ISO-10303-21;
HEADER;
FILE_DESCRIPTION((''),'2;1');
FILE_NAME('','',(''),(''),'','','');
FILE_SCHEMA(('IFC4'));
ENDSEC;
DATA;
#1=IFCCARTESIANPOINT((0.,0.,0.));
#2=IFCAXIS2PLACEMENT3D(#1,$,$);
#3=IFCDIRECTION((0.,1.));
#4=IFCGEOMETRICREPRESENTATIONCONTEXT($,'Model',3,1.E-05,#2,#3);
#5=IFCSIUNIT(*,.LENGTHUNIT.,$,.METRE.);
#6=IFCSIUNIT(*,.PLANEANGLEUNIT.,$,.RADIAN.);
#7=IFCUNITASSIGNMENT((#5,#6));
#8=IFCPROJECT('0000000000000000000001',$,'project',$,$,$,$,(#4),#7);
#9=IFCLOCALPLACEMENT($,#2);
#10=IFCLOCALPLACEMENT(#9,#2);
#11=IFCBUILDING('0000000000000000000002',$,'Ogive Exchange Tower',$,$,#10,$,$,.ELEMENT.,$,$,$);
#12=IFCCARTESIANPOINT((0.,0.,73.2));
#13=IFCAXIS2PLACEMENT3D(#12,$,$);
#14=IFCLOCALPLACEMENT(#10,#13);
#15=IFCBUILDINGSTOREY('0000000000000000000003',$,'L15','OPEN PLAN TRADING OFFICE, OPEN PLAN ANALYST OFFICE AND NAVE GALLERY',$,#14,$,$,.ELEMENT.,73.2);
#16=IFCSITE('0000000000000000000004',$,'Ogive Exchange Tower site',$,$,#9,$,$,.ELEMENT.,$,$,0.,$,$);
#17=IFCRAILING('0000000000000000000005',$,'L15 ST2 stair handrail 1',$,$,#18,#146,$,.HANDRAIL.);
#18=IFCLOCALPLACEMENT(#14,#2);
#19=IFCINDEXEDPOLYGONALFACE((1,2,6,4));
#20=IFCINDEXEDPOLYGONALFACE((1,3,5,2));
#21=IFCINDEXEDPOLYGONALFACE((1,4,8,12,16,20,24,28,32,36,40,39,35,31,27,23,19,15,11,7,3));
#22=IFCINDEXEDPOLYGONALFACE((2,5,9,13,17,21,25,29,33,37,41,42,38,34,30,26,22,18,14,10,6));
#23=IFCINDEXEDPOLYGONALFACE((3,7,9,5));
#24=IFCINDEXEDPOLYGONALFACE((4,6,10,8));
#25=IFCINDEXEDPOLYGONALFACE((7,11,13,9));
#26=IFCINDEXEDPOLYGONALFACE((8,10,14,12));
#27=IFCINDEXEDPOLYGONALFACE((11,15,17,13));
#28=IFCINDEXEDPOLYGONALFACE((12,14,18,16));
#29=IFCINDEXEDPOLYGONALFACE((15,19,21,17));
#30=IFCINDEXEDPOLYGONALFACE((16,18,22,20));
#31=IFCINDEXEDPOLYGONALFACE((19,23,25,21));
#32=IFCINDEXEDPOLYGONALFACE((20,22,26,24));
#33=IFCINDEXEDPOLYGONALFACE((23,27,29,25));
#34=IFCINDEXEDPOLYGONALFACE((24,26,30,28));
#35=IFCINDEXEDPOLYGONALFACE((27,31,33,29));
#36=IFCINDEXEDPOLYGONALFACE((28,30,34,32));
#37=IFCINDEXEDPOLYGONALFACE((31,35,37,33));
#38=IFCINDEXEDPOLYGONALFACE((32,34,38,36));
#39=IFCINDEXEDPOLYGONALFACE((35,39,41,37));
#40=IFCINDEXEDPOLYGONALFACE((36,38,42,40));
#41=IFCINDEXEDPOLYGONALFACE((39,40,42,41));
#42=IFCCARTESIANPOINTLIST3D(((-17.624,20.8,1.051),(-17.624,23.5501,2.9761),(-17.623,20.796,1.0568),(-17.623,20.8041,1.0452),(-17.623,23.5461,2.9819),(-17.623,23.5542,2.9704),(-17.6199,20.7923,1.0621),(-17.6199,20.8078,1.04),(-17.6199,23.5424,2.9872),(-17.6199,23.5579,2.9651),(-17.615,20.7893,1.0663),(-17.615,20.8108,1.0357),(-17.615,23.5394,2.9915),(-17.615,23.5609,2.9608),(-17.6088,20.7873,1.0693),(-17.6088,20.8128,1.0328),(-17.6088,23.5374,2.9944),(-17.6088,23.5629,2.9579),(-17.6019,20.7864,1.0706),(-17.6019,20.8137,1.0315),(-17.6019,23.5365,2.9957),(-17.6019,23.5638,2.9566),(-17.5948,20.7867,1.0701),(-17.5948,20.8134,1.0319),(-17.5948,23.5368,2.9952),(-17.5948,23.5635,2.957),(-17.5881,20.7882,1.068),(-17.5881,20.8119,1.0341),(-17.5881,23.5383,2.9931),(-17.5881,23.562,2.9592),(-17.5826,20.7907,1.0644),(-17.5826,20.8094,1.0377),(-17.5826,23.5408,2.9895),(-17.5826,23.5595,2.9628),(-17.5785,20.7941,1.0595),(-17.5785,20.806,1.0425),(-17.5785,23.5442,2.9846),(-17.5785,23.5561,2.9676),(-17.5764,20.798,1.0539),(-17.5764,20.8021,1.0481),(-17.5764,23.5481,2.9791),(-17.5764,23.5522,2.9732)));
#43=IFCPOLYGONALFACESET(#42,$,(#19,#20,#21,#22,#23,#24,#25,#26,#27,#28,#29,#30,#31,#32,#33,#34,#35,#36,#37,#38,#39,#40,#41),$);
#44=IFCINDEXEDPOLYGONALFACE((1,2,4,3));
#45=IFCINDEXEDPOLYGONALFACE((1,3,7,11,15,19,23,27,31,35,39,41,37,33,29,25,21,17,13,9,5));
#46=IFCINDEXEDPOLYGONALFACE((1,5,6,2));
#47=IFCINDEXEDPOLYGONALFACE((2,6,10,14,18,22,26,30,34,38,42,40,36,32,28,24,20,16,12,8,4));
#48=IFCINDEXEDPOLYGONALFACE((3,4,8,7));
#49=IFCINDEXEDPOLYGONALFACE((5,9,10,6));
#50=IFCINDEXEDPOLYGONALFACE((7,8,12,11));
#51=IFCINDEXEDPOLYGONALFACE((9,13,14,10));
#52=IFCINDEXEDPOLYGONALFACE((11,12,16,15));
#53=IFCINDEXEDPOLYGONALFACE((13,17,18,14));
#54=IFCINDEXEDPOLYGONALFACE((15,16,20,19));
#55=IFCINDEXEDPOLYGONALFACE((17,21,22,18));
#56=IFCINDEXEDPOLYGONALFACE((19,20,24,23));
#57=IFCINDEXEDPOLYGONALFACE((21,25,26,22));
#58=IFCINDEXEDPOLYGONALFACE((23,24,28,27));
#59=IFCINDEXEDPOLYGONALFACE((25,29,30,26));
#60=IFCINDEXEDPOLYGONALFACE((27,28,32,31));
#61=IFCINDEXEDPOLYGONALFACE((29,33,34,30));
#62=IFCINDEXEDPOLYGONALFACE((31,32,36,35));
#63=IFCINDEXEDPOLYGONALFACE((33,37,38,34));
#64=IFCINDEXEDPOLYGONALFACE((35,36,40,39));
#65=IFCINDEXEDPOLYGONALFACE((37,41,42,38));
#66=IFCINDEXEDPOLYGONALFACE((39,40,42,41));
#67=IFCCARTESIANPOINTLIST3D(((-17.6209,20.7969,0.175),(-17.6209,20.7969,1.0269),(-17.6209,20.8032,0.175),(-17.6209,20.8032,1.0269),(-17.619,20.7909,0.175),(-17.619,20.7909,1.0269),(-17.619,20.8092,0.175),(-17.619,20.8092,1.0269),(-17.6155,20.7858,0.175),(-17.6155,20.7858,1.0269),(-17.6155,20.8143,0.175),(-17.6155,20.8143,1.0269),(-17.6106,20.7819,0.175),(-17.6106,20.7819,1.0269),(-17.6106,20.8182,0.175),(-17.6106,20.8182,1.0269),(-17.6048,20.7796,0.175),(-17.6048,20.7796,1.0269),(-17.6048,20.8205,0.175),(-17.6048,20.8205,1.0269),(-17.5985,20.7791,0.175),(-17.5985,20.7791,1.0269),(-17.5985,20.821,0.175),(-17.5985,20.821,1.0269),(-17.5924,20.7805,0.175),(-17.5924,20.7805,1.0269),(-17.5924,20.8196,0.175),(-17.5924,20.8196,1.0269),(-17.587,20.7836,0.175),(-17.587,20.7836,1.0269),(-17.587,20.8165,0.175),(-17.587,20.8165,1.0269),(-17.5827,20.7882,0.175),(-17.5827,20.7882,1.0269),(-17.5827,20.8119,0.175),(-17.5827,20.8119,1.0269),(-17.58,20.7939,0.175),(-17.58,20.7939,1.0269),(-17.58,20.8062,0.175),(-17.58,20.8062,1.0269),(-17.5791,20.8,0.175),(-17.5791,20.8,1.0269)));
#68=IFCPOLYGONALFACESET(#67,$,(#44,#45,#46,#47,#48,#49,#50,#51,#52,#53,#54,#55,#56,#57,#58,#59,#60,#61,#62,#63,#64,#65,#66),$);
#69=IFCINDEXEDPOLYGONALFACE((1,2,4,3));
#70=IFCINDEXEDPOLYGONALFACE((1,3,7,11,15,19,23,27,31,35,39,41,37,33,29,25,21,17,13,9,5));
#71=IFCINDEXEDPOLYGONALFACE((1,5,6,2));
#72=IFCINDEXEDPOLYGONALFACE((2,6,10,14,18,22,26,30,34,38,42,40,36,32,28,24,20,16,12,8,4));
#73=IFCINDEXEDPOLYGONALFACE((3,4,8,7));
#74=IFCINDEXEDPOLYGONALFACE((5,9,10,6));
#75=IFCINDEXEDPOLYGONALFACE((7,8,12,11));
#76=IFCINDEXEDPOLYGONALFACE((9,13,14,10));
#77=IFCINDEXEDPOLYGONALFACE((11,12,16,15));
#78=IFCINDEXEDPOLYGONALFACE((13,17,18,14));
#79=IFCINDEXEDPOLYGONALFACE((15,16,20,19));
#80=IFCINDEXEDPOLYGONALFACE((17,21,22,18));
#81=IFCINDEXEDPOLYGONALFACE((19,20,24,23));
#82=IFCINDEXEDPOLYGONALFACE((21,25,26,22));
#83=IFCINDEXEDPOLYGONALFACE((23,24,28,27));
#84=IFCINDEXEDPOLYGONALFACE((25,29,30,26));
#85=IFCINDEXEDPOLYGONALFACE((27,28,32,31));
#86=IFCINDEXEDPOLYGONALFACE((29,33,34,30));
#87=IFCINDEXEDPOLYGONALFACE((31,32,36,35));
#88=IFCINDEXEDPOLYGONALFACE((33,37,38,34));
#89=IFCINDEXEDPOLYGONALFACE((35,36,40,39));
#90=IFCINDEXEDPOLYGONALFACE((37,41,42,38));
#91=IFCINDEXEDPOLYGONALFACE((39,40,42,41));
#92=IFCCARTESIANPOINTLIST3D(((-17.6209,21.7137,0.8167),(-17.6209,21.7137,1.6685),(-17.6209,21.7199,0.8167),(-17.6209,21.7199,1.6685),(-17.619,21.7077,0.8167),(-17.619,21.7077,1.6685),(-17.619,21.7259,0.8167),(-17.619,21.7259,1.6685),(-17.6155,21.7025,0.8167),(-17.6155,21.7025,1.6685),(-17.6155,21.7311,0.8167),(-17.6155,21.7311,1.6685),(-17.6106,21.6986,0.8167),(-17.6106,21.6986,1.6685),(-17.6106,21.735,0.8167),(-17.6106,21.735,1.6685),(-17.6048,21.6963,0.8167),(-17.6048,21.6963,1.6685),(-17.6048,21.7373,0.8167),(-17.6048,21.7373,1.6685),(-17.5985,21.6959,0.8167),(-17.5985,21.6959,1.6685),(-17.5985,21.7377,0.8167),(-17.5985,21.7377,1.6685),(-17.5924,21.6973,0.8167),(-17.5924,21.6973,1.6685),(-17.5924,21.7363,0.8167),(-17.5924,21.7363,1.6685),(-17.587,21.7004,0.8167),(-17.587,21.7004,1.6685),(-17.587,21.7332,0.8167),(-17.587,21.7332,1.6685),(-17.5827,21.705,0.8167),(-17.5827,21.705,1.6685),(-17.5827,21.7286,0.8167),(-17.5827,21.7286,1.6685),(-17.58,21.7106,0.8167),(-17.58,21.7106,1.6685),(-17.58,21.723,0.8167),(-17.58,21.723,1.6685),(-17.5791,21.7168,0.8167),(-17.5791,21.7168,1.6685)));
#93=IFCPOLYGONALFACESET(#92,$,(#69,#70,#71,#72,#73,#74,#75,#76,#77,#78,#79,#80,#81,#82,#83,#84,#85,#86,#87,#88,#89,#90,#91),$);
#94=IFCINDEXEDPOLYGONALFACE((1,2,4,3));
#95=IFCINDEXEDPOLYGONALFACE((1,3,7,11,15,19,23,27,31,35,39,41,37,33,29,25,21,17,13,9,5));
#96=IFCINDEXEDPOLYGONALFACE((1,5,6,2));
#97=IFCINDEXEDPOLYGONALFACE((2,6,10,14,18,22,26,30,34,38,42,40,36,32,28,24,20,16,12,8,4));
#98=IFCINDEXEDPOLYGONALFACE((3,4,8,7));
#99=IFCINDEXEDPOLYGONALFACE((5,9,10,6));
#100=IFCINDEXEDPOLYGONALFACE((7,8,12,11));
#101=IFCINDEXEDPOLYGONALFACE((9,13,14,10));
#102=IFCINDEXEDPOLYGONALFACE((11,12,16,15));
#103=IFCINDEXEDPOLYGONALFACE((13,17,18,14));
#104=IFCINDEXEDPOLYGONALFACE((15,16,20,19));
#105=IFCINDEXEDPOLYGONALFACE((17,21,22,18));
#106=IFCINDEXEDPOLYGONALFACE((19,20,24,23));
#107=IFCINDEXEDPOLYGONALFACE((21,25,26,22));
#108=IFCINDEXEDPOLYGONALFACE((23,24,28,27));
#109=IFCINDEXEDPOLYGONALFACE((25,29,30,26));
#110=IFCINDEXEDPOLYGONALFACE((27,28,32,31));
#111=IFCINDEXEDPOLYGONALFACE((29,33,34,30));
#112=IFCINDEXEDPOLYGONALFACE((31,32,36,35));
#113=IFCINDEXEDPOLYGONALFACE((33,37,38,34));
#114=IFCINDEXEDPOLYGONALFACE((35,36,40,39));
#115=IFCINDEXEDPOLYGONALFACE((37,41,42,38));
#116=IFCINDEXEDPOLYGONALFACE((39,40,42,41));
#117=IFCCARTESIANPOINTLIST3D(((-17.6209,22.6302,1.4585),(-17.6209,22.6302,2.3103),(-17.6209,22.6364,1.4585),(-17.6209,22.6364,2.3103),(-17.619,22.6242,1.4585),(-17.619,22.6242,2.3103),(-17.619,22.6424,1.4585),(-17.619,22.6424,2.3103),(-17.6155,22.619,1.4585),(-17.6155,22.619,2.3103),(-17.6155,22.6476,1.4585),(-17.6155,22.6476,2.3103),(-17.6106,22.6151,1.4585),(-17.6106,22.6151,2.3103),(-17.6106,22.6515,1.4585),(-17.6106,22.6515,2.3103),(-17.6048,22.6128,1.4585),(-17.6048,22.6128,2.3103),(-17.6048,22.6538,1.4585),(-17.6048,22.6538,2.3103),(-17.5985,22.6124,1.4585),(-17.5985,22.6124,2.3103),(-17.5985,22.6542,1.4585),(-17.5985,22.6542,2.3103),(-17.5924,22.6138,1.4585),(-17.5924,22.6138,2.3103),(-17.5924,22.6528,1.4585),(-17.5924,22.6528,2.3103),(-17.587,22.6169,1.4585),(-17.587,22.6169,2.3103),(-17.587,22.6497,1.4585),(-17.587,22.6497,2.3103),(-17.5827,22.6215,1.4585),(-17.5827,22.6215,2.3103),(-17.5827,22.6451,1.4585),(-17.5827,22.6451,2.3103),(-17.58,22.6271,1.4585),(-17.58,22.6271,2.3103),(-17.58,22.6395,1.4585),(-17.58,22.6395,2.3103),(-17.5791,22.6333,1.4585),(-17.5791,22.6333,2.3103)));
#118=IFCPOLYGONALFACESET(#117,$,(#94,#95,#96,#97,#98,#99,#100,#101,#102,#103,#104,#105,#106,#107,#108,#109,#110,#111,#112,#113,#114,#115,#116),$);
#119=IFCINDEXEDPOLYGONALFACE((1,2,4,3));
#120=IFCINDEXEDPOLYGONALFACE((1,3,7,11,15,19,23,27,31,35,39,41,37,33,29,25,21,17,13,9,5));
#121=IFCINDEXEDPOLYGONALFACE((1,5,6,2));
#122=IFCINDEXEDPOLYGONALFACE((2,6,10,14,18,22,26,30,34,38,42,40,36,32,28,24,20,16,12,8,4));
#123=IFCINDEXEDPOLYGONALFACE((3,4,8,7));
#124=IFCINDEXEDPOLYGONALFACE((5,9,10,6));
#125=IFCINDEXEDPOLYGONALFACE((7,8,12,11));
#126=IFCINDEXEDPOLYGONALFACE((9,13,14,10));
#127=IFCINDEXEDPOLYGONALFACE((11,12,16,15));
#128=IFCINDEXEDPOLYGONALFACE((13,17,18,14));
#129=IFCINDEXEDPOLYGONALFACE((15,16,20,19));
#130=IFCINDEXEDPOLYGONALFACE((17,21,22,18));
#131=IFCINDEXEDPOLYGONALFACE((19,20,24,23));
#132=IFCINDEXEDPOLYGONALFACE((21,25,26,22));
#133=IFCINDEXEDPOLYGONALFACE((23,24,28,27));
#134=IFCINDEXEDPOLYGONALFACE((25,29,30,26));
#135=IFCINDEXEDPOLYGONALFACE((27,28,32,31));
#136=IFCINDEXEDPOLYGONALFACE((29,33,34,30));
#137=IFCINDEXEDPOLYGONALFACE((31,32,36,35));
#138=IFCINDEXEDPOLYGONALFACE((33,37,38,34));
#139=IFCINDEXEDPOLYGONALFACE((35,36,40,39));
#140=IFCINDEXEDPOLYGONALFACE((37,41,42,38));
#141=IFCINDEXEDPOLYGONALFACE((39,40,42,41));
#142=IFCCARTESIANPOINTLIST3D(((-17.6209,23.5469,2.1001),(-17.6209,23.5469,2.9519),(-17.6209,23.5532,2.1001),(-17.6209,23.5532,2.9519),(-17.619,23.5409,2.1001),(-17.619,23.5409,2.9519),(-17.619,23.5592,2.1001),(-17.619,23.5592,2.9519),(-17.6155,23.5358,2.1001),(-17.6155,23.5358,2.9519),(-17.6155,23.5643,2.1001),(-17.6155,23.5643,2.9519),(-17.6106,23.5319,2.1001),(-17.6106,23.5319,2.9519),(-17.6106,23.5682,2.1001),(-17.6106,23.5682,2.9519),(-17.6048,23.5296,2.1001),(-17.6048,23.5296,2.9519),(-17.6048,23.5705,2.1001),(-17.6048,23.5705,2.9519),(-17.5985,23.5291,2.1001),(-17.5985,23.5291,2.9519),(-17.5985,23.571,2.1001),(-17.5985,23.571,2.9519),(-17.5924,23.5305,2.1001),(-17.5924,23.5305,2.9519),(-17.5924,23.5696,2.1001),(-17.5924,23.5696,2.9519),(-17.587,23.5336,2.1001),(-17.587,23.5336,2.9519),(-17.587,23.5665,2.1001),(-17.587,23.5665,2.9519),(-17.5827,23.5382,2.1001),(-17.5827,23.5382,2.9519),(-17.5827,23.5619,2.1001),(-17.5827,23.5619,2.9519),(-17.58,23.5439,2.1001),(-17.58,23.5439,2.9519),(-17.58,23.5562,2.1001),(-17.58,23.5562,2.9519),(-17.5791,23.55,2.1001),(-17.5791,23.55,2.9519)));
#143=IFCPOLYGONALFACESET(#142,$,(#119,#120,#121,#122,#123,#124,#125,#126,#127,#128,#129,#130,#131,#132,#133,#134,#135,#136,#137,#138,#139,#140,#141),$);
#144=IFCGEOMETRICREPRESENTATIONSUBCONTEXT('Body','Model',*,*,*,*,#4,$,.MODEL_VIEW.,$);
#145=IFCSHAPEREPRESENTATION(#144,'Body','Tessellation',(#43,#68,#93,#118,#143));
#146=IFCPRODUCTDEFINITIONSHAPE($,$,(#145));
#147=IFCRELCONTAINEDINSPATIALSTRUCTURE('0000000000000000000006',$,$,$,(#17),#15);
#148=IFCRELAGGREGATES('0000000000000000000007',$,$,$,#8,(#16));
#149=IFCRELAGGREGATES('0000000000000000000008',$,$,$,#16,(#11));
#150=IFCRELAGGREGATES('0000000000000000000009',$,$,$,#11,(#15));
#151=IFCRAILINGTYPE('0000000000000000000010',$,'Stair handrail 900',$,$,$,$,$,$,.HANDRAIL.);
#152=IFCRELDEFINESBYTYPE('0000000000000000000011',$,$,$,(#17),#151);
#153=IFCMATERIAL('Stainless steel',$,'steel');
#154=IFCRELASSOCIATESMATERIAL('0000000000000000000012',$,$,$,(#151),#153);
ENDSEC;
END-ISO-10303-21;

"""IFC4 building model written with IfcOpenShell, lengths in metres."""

from ifc_helpers import new_model, si_unit, direction, frame, origin, origin_2d, place, context, subcontext, project, spatial, circle, extrude, material, type_object, element, save


model = new_model("IFC4")

# Units and contexts
model_context = context("Model", 3, precision=1e-05, world=origin(), true_north=direction((0.0, 1.0)))
body_context = subcontext(model_context, "Body", "Model", "MODEL_VIEW")
ifc_project = project(units=[si_unit("LENGTHUNIT", "METRE"), si_unit("PLANEANGLEUNIT", "RADIAN")], contexts=[model_context])

# Site, building, storey
site_placement = place(None, origin())
site = spatial("IfcSite", under=ifc_project, at=site_placement, Name="Ogive Exchange Tower site", CompositionType="ELEMENT", RefElevation=0.0)
building_placement = place(site_placement, origin())
building = spatial("IfcBuilding", under=site, at=building_placement, Name="Ogive Exchange Tower", CompositionType="ELEMENT")
storey_placement = place(building_placement, frame((0.0, 0.0, 73.2)))
storey = spatial("IfcBuildingStorey", under=building, at=storey_placement, Name="L15", Description="OPEN PLAN TRADING OFFICE, OPEN PLAN ANALYST OFFICE AND NAVE GALLERY", CompositionType="ELEMENT", Elevation=73.2)

# Railing
ifc_material_1 = material(Name="Stainless steel", Category="steel")
railing_type = type_object("IfcRailingType", Name="Stair handrail 900", PredefinedType="HANDRAIL", material=ifc_material_1)
railing_1_placement = place(storey_placement, frame((-17.6001, 20.8, 0.175)))
element("IfcRailing", 1, at=railing_1_placement, inside=storey, type_object=railing_type, Name="L15 ST2 stair handrail 1", PredefinedType="HANDRAIL", context=body_context, shape_type="SweptSolid", body=[
    extrude(circle(Radius=0.0239, at=origin_2d()), frame((0.0, 0.0, 0.876), z_axis=(0.0, 0.819225, 0.573472), x_axis=(-1.0, 0.0, 0.0)), (0.0, 0.0, 1.0), 3.3569),
    extrude(circle(Radius=0.021, at=origin_2d()), origin(), (0.0, 0.0, 1.0), 0.8518),
    extrude(circle(Radius=0.021, at=origin_2d()), frame((0.0, 0.9167, 0.6416)), (0.0, 0.0, 1.0), 0.8518),
    extrude(circle(Radius=0.021, at=origin_2d()), frame((0.0, 1.8333, 1.2834)), (0.0, 0.0, 1.0), 0.8518),
    extrude(circle(Radius=0.021, at=origin_2d()), frame((0.0, 2.75, 1.925)), (0.0, 0.0, 1.0), 0.8518),
])

save(model, "model.ifc")
